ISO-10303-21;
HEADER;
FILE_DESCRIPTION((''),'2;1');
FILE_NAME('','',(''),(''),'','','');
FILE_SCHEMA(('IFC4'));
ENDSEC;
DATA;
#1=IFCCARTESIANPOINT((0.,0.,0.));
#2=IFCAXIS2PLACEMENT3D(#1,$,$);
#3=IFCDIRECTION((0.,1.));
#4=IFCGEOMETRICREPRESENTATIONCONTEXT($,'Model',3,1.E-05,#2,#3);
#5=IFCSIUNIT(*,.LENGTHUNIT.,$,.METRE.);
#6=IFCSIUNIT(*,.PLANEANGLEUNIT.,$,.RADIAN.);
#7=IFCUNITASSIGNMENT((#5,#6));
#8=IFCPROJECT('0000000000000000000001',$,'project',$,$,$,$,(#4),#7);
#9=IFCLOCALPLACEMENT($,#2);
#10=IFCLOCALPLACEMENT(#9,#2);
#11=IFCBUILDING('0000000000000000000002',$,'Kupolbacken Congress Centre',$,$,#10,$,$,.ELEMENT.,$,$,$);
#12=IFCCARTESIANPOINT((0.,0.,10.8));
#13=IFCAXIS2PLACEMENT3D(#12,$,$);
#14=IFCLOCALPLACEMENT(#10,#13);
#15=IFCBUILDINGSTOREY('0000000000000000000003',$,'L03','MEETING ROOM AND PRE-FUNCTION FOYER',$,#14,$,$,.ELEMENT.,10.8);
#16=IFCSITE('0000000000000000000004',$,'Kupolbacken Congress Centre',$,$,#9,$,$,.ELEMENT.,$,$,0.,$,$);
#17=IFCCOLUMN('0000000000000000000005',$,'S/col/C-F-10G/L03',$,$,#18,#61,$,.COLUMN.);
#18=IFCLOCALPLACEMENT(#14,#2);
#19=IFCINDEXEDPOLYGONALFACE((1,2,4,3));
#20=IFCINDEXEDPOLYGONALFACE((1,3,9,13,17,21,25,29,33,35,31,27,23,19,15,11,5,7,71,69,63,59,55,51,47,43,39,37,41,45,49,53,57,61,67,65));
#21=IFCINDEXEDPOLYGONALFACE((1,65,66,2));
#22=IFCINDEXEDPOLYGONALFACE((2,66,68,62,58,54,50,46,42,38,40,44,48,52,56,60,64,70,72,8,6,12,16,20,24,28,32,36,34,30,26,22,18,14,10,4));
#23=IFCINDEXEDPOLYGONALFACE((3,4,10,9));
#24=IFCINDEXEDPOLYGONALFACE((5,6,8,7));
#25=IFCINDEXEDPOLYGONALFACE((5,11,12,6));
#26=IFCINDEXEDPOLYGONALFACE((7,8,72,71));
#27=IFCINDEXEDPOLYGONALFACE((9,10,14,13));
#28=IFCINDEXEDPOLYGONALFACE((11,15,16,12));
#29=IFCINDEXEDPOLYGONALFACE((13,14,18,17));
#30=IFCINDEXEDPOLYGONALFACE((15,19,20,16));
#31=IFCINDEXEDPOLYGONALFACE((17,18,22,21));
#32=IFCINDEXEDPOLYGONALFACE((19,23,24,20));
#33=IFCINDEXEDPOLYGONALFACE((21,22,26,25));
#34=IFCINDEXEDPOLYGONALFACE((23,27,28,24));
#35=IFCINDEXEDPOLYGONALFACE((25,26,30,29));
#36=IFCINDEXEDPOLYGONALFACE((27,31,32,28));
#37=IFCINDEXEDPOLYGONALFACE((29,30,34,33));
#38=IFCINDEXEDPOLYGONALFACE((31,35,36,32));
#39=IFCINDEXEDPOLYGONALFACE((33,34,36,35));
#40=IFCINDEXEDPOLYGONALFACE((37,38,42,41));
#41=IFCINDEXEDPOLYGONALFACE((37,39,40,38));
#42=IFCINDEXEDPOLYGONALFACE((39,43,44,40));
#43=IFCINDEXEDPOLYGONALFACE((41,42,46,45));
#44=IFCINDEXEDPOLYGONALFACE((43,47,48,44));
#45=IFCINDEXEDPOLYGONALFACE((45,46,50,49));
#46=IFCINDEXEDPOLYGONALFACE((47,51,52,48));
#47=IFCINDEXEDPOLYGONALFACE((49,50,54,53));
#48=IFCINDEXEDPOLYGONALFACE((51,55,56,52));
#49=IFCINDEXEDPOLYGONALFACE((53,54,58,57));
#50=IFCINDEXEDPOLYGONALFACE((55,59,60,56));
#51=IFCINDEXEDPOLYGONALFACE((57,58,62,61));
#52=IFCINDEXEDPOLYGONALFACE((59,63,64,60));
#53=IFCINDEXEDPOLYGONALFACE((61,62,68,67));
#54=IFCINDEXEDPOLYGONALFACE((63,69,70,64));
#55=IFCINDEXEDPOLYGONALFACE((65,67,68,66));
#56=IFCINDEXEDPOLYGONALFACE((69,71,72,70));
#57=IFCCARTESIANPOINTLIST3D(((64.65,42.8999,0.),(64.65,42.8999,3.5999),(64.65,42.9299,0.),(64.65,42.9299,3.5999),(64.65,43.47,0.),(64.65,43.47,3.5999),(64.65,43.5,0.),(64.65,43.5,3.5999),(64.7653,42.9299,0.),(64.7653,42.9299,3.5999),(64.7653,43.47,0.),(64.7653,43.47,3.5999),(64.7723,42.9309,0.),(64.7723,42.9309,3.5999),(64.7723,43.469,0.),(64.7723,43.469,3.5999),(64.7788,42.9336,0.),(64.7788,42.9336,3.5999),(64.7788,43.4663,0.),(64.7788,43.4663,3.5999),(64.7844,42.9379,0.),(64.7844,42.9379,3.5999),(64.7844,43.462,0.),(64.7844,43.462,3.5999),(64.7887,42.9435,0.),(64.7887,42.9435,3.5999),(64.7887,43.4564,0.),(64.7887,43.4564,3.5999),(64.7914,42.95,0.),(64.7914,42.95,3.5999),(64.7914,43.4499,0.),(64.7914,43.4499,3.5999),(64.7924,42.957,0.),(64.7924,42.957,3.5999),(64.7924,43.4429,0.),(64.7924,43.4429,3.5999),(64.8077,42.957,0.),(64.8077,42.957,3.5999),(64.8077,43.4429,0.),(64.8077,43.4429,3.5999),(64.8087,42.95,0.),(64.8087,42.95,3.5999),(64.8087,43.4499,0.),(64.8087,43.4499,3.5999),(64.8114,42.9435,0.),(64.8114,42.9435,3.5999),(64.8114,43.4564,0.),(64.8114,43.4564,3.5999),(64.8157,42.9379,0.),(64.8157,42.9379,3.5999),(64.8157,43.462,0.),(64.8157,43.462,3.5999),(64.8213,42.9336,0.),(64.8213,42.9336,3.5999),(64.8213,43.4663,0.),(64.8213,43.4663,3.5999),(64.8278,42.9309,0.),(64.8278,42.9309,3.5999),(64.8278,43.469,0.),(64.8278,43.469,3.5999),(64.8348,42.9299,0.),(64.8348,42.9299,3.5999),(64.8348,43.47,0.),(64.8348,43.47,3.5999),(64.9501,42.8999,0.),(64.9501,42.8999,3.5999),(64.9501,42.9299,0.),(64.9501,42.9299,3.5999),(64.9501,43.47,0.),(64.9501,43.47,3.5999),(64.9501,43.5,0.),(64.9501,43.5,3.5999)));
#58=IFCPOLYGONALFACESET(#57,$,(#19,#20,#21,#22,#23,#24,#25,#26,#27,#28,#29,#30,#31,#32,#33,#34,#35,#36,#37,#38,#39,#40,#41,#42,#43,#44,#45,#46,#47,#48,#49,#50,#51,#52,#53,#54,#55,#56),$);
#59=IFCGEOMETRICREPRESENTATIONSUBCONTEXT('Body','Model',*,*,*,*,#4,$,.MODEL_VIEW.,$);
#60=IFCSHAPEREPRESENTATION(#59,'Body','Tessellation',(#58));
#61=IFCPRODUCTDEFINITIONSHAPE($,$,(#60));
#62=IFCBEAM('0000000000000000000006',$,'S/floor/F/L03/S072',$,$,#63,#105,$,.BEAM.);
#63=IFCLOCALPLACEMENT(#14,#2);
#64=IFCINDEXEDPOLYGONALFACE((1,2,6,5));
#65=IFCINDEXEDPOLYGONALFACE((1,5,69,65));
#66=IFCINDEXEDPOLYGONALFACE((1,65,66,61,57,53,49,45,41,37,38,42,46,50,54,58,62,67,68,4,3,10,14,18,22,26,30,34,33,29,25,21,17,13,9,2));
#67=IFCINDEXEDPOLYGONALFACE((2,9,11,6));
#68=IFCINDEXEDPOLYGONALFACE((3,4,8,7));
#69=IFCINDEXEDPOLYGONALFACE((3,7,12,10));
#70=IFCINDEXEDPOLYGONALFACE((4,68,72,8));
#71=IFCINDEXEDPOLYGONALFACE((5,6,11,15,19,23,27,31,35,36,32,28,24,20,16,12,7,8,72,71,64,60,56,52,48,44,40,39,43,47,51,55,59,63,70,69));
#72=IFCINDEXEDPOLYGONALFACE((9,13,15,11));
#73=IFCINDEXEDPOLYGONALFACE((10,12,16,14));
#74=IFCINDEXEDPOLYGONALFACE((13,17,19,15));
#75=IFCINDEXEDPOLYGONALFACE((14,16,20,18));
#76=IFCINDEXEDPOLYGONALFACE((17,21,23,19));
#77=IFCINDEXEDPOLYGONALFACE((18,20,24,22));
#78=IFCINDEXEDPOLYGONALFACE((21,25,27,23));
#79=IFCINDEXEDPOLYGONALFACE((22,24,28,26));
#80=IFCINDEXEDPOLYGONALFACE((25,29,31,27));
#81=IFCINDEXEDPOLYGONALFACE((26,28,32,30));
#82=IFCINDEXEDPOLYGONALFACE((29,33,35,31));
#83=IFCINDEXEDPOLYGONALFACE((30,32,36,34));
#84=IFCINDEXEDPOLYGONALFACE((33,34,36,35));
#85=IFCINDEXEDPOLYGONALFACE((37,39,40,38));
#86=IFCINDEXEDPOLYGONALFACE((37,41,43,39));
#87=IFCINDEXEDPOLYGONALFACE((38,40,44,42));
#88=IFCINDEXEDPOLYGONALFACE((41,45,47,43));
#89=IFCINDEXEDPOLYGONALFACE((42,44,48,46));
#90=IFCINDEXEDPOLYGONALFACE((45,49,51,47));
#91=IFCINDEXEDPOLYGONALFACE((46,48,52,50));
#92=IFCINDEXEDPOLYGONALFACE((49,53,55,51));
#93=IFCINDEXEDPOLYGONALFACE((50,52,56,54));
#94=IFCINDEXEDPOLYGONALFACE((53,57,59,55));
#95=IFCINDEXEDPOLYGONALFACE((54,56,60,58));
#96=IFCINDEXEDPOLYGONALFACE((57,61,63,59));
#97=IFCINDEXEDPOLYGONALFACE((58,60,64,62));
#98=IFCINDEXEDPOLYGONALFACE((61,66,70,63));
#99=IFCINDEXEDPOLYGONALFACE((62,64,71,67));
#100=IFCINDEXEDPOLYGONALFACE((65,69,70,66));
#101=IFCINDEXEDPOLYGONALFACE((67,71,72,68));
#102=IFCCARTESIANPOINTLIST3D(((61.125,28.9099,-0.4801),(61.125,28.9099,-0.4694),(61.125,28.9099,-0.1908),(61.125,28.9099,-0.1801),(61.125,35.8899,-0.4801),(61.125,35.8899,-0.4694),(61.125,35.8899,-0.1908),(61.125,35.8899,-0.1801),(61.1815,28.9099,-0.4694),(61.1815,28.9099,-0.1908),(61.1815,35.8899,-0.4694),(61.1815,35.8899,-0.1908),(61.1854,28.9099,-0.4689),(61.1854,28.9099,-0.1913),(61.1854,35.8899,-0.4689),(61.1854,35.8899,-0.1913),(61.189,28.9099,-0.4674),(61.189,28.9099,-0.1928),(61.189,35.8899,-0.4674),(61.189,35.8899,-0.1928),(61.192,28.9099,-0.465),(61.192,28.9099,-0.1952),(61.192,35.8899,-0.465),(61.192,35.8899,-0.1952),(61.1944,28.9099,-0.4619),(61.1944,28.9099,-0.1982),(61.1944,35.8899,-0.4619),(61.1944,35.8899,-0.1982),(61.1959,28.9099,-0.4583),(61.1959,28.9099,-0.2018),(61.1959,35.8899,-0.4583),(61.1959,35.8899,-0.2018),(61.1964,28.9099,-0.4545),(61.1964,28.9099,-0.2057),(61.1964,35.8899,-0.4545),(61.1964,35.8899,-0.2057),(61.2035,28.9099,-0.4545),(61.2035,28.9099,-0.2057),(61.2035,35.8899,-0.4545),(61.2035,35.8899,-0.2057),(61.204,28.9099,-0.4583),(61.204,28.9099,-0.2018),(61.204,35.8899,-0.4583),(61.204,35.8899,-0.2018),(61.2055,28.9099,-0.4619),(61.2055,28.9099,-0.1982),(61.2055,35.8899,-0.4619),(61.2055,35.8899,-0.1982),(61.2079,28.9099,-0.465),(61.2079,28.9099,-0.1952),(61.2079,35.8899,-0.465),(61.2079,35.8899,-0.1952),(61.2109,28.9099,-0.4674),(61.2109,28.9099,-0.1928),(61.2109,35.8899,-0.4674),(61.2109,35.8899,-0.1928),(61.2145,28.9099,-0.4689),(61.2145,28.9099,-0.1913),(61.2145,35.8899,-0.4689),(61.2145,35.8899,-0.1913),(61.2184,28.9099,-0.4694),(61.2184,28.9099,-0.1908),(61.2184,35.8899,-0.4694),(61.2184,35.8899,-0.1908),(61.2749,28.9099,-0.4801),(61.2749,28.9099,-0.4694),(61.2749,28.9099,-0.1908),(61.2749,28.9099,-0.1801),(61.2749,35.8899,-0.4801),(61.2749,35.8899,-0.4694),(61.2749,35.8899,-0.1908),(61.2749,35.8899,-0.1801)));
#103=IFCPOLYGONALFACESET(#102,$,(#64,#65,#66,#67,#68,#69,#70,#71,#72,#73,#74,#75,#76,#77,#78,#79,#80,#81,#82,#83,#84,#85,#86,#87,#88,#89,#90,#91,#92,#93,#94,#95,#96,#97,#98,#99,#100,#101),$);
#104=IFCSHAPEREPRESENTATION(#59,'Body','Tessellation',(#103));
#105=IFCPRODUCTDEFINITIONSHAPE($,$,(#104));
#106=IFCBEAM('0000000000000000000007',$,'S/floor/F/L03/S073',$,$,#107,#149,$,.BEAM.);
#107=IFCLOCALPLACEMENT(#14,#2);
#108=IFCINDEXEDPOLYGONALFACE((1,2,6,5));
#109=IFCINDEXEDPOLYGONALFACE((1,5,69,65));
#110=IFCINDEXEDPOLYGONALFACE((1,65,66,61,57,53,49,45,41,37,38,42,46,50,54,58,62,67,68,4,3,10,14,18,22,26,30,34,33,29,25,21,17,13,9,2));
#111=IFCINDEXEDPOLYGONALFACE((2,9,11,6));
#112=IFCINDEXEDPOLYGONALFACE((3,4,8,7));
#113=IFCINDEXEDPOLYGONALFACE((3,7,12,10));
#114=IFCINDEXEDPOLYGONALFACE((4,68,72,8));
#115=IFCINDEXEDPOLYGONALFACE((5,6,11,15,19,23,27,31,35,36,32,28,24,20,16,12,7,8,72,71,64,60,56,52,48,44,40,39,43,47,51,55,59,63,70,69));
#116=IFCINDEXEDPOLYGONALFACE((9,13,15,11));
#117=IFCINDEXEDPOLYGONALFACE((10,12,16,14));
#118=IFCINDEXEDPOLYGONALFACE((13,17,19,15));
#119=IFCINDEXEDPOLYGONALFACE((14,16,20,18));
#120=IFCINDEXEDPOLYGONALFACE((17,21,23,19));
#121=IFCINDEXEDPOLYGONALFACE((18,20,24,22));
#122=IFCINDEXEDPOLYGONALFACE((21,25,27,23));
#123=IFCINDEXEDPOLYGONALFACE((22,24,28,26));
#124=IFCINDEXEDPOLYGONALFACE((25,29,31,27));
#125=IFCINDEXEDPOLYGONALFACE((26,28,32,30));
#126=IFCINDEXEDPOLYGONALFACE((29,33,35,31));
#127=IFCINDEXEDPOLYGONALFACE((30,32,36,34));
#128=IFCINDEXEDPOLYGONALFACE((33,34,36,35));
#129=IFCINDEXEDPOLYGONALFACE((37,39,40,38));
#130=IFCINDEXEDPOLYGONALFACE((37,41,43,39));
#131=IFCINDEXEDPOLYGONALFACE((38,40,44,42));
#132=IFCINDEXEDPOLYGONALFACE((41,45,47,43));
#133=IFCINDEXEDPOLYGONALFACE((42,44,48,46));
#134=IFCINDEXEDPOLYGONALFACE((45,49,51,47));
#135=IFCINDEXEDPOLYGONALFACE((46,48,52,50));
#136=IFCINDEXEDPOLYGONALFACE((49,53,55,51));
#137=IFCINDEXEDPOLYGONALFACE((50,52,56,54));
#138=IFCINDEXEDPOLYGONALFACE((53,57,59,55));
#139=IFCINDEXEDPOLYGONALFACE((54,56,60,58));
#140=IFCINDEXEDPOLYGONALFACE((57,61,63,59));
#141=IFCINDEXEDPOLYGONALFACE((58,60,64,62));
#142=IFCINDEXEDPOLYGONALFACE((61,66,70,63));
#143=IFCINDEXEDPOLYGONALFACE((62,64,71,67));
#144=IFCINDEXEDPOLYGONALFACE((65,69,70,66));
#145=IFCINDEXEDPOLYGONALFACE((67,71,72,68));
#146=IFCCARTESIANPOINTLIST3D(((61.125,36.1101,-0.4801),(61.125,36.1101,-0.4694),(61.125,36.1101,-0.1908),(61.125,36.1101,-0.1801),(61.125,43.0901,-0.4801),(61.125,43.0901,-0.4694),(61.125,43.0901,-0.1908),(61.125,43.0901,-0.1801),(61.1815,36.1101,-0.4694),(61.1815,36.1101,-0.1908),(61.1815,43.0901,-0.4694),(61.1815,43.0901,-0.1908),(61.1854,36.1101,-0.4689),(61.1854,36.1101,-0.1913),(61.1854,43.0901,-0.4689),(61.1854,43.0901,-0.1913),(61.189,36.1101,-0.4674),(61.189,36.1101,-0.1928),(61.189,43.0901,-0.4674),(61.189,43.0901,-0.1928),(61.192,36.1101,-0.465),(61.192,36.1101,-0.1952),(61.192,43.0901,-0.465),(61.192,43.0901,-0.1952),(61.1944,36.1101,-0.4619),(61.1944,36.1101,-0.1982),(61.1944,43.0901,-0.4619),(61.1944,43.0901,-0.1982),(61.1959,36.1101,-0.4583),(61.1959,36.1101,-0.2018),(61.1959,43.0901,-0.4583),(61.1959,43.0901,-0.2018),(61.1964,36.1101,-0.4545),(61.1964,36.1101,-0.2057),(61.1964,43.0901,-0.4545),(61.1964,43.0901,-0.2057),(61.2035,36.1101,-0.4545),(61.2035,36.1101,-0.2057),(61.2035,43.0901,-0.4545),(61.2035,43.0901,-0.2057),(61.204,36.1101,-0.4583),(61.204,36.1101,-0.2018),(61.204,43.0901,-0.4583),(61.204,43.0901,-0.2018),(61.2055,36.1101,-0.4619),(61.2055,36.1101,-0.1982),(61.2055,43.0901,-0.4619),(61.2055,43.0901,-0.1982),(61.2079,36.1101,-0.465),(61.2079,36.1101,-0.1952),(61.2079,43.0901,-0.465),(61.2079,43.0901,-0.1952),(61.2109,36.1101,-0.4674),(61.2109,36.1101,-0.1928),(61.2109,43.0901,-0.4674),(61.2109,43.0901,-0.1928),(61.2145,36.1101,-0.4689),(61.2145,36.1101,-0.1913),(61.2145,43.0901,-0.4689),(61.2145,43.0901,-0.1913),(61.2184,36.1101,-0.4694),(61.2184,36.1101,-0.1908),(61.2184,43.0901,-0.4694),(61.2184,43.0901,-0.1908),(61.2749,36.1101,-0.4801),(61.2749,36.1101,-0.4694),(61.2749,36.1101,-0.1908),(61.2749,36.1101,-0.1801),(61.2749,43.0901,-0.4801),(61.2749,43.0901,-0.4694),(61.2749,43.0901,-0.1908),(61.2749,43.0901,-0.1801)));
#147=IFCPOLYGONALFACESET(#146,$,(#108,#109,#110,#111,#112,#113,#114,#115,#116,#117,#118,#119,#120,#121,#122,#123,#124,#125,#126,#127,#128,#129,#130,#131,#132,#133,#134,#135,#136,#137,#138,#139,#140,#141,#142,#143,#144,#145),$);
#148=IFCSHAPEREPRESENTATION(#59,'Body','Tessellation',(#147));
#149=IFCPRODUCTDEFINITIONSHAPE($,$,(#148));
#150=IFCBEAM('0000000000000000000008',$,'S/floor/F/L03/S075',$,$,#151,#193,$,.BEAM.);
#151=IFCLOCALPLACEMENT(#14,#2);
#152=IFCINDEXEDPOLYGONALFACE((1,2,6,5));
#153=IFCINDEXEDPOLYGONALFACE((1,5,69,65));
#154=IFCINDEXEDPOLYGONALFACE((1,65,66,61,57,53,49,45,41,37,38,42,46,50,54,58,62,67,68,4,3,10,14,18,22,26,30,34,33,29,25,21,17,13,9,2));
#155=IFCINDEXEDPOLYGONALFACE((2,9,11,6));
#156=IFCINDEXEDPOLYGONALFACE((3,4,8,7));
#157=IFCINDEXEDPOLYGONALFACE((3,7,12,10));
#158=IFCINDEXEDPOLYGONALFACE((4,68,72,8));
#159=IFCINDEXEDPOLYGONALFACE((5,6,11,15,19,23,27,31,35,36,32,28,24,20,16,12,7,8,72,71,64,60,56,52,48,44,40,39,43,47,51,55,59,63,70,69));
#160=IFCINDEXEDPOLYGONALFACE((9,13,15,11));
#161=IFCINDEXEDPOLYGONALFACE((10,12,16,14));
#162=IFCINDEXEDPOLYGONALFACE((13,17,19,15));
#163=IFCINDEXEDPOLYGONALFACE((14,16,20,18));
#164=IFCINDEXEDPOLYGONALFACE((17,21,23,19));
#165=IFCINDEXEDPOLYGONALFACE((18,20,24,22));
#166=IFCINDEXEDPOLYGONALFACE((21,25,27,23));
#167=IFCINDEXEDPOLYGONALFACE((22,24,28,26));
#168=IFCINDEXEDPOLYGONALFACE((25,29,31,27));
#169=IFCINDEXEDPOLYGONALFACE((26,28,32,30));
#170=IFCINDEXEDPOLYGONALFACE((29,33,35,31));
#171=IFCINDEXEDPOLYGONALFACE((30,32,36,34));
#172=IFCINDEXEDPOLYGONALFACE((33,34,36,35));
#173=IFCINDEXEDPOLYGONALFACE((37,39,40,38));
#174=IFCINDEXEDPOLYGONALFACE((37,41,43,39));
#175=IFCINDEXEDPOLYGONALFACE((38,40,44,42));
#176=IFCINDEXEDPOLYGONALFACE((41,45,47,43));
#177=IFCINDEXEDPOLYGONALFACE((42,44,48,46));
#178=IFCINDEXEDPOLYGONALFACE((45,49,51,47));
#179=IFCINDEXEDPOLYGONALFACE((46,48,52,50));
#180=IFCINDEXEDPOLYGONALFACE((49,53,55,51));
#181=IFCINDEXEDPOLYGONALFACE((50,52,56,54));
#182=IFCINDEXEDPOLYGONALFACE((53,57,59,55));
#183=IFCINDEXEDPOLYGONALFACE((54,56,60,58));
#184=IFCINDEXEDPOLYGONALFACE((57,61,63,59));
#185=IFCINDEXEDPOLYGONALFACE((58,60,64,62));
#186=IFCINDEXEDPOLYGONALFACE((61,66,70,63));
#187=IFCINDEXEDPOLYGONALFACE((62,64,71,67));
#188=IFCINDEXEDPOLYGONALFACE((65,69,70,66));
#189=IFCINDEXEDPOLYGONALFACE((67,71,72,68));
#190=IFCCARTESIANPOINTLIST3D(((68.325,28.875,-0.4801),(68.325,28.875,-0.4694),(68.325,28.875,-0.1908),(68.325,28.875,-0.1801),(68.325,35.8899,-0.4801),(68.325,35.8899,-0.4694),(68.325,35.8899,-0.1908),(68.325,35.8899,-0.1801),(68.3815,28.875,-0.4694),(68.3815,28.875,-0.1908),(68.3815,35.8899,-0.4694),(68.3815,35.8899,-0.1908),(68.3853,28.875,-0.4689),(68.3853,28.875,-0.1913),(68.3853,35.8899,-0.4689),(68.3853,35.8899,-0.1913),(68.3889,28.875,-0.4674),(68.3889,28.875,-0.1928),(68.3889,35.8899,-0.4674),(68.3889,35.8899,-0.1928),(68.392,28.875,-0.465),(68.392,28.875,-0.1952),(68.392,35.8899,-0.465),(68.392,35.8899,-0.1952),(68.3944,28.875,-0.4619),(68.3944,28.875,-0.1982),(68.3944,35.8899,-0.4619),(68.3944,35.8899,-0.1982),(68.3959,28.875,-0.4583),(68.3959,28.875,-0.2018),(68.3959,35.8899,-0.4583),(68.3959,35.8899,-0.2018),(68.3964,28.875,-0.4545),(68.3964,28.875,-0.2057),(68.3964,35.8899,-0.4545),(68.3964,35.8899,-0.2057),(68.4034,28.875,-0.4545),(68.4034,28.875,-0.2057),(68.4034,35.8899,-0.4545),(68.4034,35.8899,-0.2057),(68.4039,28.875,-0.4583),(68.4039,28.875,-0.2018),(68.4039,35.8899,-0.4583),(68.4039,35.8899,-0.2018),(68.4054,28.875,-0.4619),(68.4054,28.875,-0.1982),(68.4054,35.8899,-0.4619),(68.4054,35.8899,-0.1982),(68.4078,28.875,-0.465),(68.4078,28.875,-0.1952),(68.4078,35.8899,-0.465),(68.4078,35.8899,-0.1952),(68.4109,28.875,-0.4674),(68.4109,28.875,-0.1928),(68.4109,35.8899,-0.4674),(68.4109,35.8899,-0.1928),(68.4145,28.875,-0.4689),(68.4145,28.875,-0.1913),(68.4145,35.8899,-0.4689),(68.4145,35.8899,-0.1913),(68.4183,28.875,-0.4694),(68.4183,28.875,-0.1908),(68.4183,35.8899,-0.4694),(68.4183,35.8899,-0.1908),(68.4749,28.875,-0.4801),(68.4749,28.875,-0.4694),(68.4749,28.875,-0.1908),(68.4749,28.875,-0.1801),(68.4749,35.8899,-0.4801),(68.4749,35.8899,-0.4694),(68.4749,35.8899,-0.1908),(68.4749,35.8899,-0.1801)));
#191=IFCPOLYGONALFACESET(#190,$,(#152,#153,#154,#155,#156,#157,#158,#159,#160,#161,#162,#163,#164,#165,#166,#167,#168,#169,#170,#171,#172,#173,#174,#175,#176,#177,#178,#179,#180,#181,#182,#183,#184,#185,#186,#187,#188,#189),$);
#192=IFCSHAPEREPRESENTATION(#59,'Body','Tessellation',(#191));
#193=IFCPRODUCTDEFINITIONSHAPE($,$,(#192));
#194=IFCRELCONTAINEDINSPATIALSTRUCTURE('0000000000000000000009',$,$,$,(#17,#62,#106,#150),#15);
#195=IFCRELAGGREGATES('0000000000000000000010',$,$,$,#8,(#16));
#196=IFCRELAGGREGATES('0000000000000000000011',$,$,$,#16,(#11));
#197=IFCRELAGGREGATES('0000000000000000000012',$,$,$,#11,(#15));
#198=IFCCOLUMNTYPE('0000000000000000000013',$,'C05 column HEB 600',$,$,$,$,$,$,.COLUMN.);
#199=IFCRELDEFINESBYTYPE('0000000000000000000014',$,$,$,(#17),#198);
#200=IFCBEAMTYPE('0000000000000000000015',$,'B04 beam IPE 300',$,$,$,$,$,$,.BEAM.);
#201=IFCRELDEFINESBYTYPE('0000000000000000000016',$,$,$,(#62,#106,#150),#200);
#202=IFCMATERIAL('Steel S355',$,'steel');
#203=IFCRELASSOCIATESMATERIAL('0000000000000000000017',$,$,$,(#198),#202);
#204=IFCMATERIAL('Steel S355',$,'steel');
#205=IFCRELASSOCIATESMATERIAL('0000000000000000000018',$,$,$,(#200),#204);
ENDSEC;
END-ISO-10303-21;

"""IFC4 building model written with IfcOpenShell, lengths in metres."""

from ifc_helpers import new_model, si_unit, direction, frame, origin, origin_2d, place, context, subcontext, project, spatial, i_section, extrude, material, material_profile, profile_set, type_object, element, save


model = new_model("IFC4")

# Units and contexts
model_context = context("Model", 3, precision=1e-05, world=origin(), true_north=direction((0.0, 1.0)))
body_context = subcontext(model_context, "Body", "Model", "MODEL_VIEW")
ifc_project = project(units=[si_unit("LENGTHUNIT", "METRE"), si_unit("PLANEANGLEUNIT", "RADIAN")], contexts=[model_context])

# Site, building, storey
site_placement = place(None, origin())
site = spatial("IfcSite", under=ifc_project, at=site_placement, Name="Kupolbacken Congress Centre", CompositionType="ELEMENT", RefElevation=0.0)
building_placement = place(site_placement, origin())
building = spatial("IfcBuilding", under=site, at=building_placement, Name="Kupolbacken Congress Centre", CompositionType="ELEMENT")
storey_placement = place(building_placement, frame((0.0, 0.0, 10.8)))
storey = spatial("IfcBuildingStorey", under=building, at=storey_placement, Name="L03", Description="MEETING ROOM AND PRE-FUNCTION FOYER", CompositionType="ELEMENT", Elevation=10.8)

# Column
ifc_material_1 = material(Name="Steel S355", Category="steel")
ifc_material_profile_1 = material_profile(ifc_material_1, i_section(OverallWidth=0.3, OverallDepth=0.6001, WebThickness=0.0154, FlangeThickness=0.03, FilletRadius=0.0271, at=origin_2d()), Name="HEB 600")
ifc_profile_set_1 = profile_set([ifc_material_profile_1], Name="Steel S355")
column_type = type_object("IfcColumnType", Name="C05 column HEB 600", PredefinedType="COLUMN", material=ifc_profile_set_1)
column_placement = place(storey_placement, frame((64.8, 43.2, 0.0), z_axis=(0.0, 0.0, 1.0), x_axis=(1.0, 0.0, 0.0)))
element("IfcColumn", 1, at=column_placement, inside=storey, type_object=column_type, Name="S/col/C-F-10G/L03", PredefinedType="COLUMN", context=body_context, shape_type="SweptSolid", body=[
    extrude(i_section(OverallWidth=0.3, OverallDepth=0.6001, WebThickness=0.0154, FlangeThickness=0.03, FilletRadius=0.0271, at=origin_2d()), origin(), (0.0, 0.0, 1.0), 3.5999),
])

# Beams
ifc_material_2 = material(Name="Steel S355", Category="steel")
ifc_material_profile_2 = material_profile(ifc_material_2, i_section(OverallWidth=0.1499, OverallDepth=0.3, WebThickness=0.0071, FlangeThickness=0.0107, FilletRadius=0.0149, at=origin_2d()), Name="IPE 300")
ifc_profile_set_2 = profile_set([ifc_material_profile_2], Name="Steel S355")
beam_type_1 = type_object("IfcBeamType", Name="B04 beam IPE 300", PredefinedType="BEAM", material=ifc_profile_set_2)
for number, where, z_axis, x_axis, name in (
    (2, (61.2, 28.9099, -0.3301), (0.0, 1.0, 0.0), (-1.0, 0.0, 0.0), "S/floor/F/L03/S072"),
    (3, (61.2, 36.1101, -0.3301), (0.0, 1.0, 0.0), (-1.0, 0.0, 0.0), "S/floor/F/L03/S073"),
):
    element("IfcBeam", number, at=place(storey_placement, frame(where, z_axis=z_axis, x_axis=x_axis)), inside=storey, type_object=beam_type_1, Name=name, PredefinedType="BEAM", context=body_context, shape_type="SweptSolid", body=[
        extrude(i_section(OverallWidth=0.1499, OverallDepth=0.3, WebThickness=0.0071, FlangeThickness=0.0107, FilletRadius=0.0149, at=origin_2d()), origin(), (0.0, 0.0, 1.0), 6.98),
    ])
beam_1_placement = place(storey_placement, frame((68.3999, 28.875, -0.3301), z_axis=(0.0, 1.0, 0.0), x_axis=(-1.0, 0.0, 0.0)))
element("IfcBeam", 4, at=beam_1_placement, inside=storey, type_object=beam_type_1, Name="S/floor/F/L03/S075", PredefinedType="BEAM", context=body_context, shape_type="SweptSolid", body=[
    extrude(i_section(OverallWidth=0.1499, OverallDepth=0.3, WebThickness=0.0071, FlangeThickness=0.0107, FilletRadius=0.0149, at=origin_2d()), origin(), (0.0, 0.0, 1.0), 7.0149),
])

save(model, "model.ifc")
